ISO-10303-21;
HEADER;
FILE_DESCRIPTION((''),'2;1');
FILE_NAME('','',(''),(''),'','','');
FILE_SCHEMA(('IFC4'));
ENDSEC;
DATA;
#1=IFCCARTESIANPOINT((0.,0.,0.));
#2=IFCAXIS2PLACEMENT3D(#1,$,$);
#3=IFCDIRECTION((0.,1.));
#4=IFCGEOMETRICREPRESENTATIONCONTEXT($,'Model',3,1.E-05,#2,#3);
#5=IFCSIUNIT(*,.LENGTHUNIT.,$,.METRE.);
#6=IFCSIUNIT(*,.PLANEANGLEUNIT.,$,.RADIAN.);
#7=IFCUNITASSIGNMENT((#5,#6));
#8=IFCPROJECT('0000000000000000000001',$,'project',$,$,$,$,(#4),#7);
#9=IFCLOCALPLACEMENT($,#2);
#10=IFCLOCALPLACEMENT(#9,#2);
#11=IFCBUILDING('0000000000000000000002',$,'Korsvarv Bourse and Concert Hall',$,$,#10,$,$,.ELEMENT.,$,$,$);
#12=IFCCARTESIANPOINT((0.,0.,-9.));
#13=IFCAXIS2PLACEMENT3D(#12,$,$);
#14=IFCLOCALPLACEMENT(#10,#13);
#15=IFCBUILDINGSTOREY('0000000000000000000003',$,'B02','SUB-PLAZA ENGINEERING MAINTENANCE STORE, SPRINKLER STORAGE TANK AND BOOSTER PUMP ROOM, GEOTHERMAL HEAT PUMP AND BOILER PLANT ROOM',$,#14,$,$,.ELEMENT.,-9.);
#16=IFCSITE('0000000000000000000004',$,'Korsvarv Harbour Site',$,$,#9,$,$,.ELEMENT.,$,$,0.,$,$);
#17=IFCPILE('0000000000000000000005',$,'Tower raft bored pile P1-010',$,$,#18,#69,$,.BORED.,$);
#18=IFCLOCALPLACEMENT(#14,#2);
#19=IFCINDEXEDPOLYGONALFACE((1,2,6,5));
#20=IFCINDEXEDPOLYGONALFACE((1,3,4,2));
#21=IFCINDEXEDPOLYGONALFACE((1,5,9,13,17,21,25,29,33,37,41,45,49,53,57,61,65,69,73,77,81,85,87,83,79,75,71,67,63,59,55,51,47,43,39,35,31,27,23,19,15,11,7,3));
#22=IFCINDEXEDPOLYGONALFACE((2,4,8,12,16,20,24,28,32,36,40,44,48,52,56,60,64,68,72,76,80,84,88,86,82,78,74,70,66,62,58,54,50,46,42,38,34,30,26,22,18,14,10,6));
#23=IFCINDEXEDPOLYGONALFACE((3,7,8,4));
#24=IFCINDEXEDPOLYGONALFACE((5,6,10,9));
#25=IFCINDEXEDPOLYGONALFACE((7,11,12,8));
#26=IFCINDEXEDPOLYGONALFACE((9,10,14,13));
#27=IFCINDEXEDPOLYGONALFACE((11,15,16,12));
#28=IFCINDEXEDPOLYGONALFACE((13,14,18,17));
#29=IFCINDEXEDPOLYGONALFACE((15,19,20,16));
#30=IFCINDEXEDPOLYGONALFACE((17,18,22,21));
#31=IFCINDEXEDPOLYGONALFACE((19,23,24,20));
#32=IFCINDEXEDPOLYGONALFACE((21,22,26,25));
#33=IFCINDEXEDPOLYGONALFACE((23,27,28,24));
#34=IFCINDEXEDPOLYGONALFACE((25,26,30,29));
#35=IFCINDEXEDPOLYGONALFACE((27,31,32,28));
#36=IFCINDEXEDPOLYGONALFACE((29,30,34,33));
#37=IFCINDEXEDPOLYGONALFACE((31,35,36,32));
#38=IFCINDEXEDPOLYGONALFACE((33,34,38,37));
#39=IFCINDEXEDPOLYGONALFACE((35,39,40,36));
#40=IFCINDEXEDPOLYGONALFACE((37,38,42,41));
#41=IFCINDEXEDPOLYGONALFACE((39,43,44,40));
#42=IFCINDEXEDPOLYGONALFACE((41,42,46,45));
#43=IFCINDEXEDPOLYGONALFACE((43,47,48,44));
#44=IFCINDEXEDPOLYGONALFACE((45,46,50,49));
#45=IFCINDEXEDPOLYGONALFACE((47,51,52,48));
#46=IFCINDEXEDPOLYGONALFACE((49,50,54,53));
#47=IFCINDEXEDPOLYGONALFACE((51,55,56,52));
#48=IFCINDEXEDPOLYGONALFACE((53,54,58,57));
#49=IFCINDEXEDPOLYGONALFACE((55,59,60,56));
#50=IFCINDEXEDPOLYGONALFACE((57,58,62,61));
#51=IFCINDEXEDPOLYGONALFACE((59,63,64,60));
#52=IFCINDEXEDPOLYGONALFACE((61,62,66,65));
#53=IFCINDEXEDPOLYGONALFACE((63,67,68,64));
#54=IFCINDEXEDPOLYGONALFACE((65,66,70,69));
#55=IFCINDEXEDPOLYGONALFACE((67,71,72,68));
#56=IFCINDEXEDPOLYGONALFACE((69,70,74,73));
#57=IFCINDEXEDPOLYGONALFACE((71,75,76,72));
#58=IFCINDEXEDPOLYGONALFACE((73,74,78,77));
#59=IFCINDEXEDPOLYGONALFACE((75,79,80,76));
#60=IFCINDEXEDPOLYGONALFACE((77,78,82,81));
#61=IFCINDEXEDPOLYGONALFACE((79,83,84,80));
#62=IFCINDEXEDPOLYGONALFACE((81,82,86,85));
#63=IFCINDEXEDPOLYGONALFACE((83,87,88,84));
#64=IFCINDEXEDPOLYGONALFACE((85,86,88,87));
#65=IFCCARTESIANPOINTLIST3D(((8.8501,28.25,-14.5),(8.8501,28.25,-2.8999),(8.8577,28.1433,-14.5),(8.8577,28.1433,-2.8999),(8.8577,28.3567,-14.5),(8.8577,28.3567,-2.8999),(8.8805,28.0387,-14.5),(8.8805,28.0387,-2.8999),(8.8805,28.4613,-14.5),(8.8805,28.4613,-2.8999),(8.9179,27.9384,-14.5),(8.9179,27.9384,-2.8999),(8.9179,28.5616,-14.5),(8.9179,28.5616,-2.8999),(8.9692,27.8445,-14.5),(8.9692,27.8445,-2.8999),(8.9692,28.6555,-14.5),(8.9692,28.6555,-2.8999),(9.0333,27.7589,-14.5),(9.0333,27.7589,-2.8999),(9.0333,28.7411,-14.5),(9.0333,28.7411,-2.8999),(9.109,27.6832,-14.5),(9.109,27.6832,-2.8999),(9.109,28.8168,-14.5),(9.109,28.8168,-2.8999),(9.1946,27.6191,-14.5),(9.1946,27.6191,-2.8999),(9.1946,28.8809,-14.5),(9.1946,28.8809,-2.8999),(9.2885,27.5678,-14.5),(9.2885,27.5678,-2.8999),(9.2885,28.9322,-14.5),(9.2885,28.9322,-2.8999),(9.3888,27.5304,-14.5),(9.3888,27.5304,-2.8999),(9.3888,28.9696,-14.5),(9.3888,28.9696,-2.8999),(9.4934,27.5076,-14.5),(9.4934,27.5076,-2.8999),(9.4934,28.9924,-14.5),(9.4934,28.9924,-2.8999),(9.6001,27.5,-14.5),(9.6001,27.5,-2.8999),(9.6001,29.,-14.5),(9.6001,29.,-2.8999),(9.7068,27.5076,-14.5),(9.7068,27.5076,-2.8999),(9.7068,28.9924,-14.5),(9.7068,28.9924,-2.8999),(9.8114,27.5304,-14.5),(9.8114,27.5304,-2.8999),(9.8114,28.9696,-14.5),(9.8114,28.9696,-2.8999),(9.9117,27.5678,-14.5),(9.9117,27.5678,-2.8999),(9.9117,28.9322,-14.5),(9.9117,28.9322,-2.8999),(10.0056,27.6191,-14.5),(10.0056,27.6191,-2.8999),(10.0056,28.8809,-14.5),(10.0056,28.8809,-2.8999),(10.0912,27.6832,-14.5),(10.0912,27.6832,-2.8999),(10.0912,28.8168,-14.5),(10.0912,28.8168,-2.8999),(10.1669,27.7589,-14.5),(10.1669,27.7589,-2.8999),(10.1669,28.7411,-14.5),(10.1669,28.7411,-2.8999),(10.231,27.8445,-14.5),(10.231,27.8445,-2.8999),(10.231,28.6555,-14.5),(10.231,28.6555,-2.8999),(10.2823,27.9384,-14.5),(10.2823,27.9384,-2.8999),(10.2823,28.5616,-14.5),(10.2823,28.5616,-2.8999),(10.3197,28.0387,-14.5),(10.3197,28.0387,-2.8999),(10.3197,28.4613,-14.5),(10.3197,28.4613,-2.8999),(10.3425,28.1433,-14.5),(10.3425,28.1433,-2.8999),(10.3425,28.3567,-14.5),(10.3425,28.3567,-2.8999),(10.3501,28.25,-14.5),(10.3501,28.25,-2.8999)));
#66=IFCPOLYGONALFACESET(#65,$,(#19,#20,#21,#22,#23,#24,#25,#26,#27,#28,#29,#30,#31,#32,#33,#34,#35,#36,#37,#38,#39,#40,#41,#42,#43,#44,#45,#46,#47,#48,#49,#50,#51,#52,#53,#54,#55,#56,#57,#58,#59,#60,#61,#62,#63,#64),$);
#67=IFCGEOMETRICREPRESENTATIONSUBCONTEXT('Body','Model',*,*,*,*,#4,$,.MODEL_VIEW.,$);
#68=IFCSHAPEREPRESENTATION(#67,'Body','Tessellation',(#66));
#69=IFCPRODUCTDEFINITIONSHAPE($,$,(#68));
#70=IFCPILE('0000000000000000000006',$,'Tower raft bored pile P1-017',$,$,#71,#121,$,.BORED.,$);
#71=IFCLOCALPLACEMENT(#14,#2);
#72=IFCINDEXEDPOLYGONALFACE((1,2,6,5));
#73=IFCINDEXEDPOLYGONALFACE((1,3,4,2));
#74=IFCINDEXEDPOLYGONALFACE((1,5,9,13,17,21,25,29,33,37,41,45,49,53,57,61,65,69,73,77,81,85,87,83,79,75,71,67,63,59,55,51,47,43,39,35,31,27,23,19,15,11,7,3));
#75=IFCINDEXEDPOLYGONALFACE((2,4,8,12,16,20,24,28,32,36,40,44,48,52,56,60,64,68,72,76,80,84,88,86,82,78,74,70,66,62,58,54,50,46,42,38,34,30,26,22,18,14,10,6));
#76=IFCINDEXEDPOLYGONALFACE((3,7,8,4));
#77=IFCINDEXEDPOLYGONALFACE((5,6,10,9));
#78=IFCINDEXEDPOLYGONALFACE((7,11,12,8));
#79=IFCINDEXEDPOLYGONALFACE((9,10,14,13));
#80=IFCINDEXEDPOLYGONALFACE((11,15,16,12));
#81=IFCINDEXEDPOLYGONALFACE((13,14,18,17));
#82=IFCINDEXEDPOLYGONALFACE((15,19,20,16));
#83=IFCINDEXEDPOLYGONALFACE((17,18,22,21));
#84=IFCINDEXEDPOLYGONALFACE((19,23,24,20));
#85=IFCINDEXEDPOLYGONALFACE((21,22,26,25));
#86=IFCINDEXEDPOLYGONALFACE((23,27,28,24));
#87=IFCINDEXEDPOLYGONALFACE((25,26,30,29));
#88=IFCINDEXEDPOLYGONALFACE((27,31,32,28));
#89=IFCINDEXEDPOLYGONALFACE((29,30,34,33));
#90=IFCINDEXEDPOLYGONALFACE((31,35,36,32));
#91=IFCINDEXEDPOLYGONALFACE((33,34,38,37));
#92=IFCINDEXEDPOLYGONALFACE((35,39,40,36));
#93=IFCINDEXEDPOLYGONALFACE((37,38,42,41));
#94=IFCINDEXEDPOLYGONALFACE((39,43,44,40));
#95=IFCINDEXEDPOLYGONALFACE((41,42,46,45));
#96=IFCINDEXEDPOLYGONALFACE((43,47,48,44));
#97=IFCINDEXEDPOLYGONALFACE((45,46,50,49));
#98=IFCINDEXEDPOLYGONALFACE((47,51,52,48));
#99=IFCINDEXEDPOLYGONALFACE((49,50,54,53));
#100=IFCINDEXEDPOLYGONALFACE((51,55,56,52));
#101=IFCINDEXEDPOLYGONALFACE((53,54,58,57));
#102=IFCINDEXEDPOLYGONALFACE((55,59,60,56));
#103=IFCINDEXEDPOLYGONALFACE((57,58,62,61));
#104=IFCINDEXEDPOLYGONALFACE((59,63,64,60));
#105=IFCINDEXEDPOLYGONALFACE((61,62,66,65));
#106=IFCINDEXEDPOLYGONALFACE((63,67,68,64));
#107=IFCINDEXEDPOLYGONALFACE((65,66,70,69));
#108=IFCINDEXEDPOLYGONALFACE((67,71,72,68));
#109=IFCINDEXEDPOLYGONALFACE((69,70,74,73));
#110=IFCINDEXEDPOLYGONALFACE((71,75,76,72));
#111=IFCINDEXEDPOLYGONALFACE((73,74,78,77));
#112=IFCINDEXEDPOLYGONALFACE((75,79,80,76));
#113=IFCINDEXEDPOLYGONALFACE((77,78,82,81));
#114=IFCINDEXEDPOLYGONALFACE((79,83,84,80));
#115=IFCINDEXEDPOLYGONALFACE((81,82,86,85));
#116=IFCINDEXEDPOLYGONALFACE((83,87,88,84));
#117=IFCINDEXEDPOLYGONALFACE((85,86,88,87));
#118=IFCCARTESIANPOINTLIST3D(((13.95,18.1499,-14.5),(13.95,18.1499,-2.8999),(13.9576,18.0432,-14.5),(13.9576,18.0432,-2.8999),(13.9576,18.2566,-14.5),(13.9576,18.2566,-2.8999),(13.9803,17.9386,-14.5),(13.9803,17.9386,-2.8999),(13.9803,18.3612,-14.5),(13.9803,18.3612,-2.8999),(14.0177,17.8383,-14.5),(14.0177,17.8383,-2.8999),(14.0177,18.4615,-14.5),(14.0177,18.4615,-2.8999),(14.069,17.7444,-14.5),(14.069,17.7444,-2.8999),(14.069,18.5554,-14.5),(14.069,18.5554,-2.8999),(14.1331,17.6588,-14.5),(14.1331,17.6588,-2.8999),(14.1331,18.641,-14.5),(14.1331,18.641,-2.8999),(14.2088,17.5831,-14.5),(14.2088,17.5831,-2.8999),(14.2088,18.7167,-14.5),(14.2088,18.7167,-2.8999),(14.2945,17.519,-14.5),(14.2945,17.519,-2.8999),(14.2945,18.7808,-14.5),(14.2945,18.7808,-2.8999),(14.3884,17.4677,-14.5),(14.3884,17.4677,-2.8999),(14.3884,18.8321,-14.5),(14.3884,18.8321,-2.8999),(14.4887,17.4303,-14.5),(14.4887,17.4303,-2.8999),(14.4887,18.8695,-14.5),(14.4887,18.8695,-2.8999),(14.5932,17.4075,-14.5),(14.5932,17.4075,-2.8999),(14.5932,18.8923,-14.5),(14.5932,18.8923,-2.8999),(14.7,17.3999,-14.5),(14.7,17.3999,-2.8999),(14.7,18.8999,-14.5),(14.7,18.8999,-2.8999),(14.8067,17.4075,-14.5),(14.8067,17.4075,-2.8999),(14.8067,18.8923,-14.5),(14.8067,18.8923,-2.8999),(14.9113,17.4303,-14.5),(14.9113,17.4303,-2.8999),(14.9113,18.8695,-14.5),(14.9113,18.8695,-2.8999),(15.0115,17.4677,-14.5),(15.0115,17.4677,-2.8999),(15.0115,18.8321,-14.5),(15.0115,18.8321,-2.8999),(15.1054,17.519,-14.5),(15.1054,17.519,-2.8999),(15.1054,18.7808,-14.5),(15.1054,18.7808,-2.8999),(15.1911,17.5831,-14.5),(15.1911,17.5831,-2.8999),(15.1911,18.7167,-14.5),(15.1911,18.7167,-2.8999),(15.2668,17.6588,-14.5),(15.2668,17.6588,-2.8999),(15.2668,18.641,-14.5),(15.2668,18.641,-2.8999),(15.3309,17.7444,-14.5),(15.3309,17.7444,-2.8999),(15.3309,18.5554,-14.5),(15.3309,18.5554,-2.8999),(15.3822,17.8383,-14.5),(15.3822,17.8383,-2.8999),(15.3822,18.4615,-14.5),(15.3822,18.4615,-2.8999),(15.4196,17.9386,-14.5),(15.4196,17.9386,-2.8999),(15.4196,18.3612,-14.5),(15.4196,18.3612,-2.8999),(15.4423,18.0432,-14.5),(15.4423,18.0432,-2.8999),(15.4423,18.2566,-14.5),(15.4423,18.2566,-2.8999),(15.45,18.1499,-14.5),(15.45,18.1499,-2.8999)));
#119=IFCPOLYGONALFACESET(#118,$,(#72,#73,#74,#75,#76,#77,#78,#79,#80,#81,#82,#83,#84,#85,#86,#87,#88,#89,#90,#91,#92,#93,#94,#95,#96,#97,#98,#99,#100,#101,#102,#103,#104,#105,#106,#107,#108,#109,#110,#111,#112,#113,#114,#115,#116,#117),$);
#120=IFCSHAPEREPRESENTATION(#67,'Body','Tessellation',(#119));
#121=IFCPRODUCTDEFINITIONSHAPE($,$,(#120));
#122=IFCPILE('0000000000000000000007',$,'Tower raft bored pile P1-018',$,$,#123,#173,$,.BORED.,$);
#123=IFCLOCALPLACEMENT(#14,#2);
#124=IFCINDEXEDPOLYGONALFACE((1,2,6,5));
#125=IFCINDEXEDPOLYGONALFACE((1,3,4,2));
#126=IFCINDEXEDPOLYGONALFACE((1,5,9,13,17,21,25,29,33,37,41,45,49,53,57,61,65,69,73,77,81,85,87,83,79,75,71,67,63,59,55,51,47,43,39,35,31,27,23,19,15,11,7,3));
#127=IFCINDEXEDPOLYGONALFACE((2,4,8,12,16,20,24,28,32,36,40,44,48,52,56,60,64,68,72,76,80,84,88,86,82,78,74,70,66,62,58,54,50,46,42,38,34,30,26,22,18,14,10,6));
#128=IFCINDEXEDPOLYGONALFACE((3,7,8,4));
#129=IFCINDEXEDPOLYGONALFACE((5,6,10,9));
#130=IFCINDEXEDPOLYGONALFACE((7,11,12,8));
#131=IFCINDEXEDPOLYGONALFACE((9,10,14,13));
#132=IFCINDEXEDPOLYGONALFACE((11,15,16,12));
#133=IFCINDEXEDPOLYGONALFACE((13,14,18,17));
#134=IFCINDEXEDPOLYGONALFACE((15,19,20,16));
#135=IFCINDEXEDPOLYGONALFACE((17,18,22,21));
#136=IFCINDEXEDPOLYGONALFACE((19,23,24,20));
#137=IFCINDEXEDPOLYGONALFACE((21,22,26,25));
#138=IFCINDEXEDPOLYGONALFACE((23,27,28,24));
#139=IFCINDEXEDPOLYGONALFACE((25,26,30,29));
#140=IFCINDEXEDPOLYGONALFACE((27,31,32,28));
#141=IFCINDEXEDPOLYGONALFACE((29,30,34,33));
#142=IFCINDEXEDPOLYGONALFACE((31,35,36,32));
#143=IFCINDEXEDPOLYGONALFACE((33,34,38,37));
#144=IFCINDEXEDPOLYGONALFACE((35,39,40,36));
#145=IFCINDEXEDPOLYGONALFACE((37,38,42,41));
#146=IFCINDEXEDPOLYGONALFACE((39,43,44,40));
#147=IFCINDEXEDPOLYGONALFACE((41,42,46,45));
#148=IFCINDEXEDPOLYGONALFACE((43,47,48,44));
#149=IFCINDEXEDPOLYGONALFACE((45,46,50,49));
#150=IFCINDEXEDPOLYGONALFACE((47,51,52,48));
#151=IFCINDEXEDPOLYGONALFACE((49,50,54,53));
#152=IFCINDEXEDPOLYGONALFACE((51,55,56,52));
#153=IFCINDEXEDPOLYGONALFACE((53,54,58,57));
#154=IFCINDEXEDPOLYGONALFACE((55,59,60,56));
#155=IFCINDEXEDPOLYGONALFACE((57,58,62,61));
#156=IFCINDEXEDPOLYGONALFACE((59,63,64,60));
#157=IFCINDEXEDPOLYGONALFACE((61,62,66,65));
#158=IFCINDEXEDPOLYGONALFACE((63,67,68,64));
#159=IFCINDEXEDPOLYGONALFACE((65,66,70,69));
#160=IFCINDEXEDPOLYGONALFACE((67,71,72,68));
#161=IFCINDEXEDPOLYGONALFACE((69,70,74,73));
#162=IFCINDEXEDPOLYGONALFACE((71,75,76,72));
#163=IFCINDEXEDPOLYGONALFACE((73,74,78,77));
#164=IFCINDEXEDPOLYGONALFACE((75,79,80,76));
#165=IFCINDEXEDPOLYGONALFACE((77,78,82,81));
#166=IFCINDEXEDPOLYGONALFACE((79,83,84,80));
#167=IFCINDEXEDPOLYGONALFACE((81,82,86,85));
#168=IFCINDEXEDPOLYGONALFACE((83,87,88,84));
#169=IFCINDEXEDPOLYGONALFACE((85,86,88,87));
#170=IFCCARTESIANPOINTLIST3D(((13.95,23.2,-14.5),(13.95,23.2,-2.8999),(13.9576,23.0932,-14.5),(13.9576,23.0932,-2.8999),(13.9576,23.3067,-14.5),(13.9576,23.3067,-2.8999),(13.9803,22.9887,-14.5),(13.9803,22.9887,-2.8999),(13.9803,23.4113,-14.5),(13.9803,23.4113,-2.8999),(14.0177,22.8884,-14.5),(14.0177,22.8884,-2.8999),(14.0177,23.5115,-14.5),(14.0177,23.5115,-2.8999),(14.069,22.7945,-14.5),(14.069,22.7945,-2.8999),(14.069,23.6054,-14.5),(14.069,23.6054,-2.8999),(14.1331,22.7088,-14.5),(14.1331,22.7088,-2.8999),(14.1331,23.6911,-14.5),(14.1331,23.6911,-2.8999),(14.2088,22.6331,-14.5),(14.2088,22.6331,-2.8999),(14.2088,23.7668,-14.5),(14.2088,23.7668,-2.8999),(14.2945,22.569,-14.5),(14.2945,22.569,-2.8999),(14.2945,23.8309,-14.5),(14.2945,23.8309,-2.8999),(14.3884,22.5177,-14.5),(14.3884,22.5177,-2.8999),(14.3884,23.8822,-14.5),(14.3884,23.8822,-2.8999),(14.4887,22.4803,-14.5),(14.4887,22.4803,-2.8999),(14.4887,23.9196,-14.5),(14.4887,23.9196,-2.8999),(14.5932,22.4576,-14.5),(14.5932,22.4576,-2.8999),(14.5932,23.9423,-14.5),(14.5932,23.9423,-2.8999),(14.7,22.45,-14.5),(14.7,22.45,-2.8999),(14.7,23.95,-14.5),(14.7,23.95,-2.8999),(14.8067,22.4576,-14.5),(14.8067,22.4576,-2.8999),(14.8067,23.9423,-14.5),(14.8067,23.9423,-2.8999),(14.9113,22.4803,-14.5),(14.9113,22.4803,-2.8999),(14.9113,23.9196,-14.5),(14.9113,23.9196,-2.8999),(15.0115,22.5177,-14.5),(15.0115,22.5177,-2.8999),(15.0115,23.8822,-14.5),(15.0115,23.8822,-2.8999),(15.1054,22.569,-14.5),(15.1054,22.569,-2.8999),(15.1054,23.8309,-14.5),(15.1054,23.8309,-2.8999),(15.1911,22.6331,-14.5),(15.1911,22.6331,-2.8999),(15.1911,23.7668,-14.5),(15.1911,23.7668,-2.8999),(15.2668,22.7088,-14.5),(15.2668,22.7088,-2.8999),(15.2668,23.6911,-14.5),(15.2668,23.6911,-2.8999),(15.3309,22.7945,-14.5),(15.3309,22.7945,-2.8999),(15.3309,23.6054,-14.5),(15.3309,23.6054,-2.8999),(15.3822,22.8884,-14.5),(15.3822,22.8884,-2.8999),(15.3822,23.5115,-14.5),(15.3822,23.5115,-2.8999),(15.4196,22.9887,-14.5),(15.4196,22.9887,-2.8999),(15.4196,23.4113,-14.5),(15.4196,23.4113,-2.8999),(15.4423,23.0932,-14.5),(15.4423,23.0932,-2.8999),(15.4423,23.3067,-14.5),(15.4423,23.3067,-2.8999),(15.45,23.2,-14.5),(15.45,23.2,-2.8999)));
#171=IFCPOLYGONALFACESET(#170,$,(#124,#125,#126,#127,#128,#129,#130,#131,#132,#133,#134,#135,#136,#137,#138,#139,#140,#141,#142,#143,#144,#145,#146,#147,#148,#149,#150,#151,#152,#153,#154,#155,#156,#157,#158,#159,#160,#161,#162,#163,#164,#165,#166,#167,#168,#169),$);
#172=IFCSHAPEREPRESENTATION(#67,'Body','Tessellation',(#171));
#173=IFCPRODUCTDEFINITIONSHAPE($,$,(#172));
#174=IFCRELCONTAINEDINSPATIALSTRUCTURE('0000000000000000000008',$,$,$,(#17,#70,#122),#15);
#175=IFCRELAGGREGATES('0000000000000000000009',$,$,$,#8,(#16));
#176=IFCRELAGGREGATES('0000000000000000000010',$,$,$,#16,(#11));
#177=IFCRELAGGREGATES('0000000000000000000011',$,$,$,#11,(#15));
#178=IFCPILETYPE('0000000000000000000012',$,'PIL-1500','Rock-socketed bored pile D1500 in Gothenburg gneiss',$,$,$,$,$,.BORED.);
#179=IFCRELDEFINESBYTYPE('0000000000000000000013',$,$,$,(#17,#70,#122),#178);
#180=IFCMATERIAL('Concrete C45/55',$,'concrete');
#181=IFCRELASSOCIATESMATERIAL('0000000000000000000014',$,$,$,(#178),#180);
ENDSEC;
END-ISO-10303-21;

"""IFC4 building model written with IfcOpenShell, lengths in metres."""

from ifc_helpers import new_model, si_unit, direction, frame, origin, origin_2d, place, context, subcontext, project, spatial, circle, extrude, source, transform, mapped, material, material_profile, profile_set, type_object, element, save


model = new_model("IFC4")

# Units and contexts
model_context = context("Model", 3, precision=1e-05, world=origin(), true_north=direction((0.0, 1.0)))
body_context = subcontext(model_context, "Body", "Model", "MODEL_VIEW")
ifc_project = project(units=[si_unit("LENGTHUNIT", "METRE"), si_unit("PLANEANGLEUNIT", "RADIAN")], contexts=[model_context])

# Site, building, storey
site_placement = place(None, origin())
site = spatial("IfcSite", under=ifc_project, at=site_placement, Name="Korsvarv Harbour Site", CompositionType="ELEMENT", RefElevation=0.0)
building_placement = place(site_placement, origin())
building = spatial("IfcBuilding", under=site, at=building_placement, Name="Korsvarv Bourse and Concert Hall", CompositionType="ELEMENT")
storey_placement = place(building_placement, frame((0.0, 0.0, -9.0)))
storey = spatial("IfcBuildingStorey", under=building, at=storey_placement, Name="B02", Description="SUB-PLAZA ENGINEERING MAINTENANCE STORE, SPRINKLER STORAGE TANK AND BOOSTER PUMP ROOM, GEOTHERMAL HEAT PUMP AND BOILER PLANT ROOM", CompositionType="ELEMENT", Elevation=-9.0)

# Piles
ifc_material_1 = material(Name="Concrete C45/55", Category="concrete")
ifc_material_profile_1 = material_profile(ifc_material_1, circle(Radius=0.75, at=origin_2d()), Name="PILE D1500")
ifc_profile_set_1 = profile_set([ifc_material_profile_1], Name="Concrete C45/55")
pile_type = type_object("IfcPileType", Name="PIL-1500", Description="Rock-socketed bored pile D1500 in Gothenburg gneiss", PredefinedType="BORED", material=ifc_profile_set_1)
shared_shape_1 = source(origin(), body_context, "Body", "SweptSolid", [
    extrude(circle(Radius=0.75, at=origin_2d()), origin(), (0.0, 0.0, 1.0), 11.6001),
])
for number, where, z_axis, x_axis, name in (
    (1, (9.6001, 28.25, -2.8999), (0.0, 0.0, -1.0), (1.0, 0.0, 0.0), "Tower raft bored pile P1-010"),
    (2, (14.7, 18.1499, -2.8999), (0.0, 0.0, -1.0), (1.0, 0.0, 0.0), "Tower raft bored pile P1-017"),
    (3, (14.7, 23.2, -2.8999), (0.0, 0.0, -1.0), (1.0, 0.0, 0.0), "Tower raft bored pile P1-018"),
):
    element("IfcPile", number, at=place(storey_placement, frame(where, z_axis=z_axis, x_axis=x_axis)), inside=storey, type_object=pile_type, Name=name, PredefinedType="BORED", context=body_context, shape_type="MappedRepresentation", body=[
        mapped(shared_shape_1, transform((0.0, 0.0, 0.0), scale=1.0)),
    ])

save(model, "model.ifc")
